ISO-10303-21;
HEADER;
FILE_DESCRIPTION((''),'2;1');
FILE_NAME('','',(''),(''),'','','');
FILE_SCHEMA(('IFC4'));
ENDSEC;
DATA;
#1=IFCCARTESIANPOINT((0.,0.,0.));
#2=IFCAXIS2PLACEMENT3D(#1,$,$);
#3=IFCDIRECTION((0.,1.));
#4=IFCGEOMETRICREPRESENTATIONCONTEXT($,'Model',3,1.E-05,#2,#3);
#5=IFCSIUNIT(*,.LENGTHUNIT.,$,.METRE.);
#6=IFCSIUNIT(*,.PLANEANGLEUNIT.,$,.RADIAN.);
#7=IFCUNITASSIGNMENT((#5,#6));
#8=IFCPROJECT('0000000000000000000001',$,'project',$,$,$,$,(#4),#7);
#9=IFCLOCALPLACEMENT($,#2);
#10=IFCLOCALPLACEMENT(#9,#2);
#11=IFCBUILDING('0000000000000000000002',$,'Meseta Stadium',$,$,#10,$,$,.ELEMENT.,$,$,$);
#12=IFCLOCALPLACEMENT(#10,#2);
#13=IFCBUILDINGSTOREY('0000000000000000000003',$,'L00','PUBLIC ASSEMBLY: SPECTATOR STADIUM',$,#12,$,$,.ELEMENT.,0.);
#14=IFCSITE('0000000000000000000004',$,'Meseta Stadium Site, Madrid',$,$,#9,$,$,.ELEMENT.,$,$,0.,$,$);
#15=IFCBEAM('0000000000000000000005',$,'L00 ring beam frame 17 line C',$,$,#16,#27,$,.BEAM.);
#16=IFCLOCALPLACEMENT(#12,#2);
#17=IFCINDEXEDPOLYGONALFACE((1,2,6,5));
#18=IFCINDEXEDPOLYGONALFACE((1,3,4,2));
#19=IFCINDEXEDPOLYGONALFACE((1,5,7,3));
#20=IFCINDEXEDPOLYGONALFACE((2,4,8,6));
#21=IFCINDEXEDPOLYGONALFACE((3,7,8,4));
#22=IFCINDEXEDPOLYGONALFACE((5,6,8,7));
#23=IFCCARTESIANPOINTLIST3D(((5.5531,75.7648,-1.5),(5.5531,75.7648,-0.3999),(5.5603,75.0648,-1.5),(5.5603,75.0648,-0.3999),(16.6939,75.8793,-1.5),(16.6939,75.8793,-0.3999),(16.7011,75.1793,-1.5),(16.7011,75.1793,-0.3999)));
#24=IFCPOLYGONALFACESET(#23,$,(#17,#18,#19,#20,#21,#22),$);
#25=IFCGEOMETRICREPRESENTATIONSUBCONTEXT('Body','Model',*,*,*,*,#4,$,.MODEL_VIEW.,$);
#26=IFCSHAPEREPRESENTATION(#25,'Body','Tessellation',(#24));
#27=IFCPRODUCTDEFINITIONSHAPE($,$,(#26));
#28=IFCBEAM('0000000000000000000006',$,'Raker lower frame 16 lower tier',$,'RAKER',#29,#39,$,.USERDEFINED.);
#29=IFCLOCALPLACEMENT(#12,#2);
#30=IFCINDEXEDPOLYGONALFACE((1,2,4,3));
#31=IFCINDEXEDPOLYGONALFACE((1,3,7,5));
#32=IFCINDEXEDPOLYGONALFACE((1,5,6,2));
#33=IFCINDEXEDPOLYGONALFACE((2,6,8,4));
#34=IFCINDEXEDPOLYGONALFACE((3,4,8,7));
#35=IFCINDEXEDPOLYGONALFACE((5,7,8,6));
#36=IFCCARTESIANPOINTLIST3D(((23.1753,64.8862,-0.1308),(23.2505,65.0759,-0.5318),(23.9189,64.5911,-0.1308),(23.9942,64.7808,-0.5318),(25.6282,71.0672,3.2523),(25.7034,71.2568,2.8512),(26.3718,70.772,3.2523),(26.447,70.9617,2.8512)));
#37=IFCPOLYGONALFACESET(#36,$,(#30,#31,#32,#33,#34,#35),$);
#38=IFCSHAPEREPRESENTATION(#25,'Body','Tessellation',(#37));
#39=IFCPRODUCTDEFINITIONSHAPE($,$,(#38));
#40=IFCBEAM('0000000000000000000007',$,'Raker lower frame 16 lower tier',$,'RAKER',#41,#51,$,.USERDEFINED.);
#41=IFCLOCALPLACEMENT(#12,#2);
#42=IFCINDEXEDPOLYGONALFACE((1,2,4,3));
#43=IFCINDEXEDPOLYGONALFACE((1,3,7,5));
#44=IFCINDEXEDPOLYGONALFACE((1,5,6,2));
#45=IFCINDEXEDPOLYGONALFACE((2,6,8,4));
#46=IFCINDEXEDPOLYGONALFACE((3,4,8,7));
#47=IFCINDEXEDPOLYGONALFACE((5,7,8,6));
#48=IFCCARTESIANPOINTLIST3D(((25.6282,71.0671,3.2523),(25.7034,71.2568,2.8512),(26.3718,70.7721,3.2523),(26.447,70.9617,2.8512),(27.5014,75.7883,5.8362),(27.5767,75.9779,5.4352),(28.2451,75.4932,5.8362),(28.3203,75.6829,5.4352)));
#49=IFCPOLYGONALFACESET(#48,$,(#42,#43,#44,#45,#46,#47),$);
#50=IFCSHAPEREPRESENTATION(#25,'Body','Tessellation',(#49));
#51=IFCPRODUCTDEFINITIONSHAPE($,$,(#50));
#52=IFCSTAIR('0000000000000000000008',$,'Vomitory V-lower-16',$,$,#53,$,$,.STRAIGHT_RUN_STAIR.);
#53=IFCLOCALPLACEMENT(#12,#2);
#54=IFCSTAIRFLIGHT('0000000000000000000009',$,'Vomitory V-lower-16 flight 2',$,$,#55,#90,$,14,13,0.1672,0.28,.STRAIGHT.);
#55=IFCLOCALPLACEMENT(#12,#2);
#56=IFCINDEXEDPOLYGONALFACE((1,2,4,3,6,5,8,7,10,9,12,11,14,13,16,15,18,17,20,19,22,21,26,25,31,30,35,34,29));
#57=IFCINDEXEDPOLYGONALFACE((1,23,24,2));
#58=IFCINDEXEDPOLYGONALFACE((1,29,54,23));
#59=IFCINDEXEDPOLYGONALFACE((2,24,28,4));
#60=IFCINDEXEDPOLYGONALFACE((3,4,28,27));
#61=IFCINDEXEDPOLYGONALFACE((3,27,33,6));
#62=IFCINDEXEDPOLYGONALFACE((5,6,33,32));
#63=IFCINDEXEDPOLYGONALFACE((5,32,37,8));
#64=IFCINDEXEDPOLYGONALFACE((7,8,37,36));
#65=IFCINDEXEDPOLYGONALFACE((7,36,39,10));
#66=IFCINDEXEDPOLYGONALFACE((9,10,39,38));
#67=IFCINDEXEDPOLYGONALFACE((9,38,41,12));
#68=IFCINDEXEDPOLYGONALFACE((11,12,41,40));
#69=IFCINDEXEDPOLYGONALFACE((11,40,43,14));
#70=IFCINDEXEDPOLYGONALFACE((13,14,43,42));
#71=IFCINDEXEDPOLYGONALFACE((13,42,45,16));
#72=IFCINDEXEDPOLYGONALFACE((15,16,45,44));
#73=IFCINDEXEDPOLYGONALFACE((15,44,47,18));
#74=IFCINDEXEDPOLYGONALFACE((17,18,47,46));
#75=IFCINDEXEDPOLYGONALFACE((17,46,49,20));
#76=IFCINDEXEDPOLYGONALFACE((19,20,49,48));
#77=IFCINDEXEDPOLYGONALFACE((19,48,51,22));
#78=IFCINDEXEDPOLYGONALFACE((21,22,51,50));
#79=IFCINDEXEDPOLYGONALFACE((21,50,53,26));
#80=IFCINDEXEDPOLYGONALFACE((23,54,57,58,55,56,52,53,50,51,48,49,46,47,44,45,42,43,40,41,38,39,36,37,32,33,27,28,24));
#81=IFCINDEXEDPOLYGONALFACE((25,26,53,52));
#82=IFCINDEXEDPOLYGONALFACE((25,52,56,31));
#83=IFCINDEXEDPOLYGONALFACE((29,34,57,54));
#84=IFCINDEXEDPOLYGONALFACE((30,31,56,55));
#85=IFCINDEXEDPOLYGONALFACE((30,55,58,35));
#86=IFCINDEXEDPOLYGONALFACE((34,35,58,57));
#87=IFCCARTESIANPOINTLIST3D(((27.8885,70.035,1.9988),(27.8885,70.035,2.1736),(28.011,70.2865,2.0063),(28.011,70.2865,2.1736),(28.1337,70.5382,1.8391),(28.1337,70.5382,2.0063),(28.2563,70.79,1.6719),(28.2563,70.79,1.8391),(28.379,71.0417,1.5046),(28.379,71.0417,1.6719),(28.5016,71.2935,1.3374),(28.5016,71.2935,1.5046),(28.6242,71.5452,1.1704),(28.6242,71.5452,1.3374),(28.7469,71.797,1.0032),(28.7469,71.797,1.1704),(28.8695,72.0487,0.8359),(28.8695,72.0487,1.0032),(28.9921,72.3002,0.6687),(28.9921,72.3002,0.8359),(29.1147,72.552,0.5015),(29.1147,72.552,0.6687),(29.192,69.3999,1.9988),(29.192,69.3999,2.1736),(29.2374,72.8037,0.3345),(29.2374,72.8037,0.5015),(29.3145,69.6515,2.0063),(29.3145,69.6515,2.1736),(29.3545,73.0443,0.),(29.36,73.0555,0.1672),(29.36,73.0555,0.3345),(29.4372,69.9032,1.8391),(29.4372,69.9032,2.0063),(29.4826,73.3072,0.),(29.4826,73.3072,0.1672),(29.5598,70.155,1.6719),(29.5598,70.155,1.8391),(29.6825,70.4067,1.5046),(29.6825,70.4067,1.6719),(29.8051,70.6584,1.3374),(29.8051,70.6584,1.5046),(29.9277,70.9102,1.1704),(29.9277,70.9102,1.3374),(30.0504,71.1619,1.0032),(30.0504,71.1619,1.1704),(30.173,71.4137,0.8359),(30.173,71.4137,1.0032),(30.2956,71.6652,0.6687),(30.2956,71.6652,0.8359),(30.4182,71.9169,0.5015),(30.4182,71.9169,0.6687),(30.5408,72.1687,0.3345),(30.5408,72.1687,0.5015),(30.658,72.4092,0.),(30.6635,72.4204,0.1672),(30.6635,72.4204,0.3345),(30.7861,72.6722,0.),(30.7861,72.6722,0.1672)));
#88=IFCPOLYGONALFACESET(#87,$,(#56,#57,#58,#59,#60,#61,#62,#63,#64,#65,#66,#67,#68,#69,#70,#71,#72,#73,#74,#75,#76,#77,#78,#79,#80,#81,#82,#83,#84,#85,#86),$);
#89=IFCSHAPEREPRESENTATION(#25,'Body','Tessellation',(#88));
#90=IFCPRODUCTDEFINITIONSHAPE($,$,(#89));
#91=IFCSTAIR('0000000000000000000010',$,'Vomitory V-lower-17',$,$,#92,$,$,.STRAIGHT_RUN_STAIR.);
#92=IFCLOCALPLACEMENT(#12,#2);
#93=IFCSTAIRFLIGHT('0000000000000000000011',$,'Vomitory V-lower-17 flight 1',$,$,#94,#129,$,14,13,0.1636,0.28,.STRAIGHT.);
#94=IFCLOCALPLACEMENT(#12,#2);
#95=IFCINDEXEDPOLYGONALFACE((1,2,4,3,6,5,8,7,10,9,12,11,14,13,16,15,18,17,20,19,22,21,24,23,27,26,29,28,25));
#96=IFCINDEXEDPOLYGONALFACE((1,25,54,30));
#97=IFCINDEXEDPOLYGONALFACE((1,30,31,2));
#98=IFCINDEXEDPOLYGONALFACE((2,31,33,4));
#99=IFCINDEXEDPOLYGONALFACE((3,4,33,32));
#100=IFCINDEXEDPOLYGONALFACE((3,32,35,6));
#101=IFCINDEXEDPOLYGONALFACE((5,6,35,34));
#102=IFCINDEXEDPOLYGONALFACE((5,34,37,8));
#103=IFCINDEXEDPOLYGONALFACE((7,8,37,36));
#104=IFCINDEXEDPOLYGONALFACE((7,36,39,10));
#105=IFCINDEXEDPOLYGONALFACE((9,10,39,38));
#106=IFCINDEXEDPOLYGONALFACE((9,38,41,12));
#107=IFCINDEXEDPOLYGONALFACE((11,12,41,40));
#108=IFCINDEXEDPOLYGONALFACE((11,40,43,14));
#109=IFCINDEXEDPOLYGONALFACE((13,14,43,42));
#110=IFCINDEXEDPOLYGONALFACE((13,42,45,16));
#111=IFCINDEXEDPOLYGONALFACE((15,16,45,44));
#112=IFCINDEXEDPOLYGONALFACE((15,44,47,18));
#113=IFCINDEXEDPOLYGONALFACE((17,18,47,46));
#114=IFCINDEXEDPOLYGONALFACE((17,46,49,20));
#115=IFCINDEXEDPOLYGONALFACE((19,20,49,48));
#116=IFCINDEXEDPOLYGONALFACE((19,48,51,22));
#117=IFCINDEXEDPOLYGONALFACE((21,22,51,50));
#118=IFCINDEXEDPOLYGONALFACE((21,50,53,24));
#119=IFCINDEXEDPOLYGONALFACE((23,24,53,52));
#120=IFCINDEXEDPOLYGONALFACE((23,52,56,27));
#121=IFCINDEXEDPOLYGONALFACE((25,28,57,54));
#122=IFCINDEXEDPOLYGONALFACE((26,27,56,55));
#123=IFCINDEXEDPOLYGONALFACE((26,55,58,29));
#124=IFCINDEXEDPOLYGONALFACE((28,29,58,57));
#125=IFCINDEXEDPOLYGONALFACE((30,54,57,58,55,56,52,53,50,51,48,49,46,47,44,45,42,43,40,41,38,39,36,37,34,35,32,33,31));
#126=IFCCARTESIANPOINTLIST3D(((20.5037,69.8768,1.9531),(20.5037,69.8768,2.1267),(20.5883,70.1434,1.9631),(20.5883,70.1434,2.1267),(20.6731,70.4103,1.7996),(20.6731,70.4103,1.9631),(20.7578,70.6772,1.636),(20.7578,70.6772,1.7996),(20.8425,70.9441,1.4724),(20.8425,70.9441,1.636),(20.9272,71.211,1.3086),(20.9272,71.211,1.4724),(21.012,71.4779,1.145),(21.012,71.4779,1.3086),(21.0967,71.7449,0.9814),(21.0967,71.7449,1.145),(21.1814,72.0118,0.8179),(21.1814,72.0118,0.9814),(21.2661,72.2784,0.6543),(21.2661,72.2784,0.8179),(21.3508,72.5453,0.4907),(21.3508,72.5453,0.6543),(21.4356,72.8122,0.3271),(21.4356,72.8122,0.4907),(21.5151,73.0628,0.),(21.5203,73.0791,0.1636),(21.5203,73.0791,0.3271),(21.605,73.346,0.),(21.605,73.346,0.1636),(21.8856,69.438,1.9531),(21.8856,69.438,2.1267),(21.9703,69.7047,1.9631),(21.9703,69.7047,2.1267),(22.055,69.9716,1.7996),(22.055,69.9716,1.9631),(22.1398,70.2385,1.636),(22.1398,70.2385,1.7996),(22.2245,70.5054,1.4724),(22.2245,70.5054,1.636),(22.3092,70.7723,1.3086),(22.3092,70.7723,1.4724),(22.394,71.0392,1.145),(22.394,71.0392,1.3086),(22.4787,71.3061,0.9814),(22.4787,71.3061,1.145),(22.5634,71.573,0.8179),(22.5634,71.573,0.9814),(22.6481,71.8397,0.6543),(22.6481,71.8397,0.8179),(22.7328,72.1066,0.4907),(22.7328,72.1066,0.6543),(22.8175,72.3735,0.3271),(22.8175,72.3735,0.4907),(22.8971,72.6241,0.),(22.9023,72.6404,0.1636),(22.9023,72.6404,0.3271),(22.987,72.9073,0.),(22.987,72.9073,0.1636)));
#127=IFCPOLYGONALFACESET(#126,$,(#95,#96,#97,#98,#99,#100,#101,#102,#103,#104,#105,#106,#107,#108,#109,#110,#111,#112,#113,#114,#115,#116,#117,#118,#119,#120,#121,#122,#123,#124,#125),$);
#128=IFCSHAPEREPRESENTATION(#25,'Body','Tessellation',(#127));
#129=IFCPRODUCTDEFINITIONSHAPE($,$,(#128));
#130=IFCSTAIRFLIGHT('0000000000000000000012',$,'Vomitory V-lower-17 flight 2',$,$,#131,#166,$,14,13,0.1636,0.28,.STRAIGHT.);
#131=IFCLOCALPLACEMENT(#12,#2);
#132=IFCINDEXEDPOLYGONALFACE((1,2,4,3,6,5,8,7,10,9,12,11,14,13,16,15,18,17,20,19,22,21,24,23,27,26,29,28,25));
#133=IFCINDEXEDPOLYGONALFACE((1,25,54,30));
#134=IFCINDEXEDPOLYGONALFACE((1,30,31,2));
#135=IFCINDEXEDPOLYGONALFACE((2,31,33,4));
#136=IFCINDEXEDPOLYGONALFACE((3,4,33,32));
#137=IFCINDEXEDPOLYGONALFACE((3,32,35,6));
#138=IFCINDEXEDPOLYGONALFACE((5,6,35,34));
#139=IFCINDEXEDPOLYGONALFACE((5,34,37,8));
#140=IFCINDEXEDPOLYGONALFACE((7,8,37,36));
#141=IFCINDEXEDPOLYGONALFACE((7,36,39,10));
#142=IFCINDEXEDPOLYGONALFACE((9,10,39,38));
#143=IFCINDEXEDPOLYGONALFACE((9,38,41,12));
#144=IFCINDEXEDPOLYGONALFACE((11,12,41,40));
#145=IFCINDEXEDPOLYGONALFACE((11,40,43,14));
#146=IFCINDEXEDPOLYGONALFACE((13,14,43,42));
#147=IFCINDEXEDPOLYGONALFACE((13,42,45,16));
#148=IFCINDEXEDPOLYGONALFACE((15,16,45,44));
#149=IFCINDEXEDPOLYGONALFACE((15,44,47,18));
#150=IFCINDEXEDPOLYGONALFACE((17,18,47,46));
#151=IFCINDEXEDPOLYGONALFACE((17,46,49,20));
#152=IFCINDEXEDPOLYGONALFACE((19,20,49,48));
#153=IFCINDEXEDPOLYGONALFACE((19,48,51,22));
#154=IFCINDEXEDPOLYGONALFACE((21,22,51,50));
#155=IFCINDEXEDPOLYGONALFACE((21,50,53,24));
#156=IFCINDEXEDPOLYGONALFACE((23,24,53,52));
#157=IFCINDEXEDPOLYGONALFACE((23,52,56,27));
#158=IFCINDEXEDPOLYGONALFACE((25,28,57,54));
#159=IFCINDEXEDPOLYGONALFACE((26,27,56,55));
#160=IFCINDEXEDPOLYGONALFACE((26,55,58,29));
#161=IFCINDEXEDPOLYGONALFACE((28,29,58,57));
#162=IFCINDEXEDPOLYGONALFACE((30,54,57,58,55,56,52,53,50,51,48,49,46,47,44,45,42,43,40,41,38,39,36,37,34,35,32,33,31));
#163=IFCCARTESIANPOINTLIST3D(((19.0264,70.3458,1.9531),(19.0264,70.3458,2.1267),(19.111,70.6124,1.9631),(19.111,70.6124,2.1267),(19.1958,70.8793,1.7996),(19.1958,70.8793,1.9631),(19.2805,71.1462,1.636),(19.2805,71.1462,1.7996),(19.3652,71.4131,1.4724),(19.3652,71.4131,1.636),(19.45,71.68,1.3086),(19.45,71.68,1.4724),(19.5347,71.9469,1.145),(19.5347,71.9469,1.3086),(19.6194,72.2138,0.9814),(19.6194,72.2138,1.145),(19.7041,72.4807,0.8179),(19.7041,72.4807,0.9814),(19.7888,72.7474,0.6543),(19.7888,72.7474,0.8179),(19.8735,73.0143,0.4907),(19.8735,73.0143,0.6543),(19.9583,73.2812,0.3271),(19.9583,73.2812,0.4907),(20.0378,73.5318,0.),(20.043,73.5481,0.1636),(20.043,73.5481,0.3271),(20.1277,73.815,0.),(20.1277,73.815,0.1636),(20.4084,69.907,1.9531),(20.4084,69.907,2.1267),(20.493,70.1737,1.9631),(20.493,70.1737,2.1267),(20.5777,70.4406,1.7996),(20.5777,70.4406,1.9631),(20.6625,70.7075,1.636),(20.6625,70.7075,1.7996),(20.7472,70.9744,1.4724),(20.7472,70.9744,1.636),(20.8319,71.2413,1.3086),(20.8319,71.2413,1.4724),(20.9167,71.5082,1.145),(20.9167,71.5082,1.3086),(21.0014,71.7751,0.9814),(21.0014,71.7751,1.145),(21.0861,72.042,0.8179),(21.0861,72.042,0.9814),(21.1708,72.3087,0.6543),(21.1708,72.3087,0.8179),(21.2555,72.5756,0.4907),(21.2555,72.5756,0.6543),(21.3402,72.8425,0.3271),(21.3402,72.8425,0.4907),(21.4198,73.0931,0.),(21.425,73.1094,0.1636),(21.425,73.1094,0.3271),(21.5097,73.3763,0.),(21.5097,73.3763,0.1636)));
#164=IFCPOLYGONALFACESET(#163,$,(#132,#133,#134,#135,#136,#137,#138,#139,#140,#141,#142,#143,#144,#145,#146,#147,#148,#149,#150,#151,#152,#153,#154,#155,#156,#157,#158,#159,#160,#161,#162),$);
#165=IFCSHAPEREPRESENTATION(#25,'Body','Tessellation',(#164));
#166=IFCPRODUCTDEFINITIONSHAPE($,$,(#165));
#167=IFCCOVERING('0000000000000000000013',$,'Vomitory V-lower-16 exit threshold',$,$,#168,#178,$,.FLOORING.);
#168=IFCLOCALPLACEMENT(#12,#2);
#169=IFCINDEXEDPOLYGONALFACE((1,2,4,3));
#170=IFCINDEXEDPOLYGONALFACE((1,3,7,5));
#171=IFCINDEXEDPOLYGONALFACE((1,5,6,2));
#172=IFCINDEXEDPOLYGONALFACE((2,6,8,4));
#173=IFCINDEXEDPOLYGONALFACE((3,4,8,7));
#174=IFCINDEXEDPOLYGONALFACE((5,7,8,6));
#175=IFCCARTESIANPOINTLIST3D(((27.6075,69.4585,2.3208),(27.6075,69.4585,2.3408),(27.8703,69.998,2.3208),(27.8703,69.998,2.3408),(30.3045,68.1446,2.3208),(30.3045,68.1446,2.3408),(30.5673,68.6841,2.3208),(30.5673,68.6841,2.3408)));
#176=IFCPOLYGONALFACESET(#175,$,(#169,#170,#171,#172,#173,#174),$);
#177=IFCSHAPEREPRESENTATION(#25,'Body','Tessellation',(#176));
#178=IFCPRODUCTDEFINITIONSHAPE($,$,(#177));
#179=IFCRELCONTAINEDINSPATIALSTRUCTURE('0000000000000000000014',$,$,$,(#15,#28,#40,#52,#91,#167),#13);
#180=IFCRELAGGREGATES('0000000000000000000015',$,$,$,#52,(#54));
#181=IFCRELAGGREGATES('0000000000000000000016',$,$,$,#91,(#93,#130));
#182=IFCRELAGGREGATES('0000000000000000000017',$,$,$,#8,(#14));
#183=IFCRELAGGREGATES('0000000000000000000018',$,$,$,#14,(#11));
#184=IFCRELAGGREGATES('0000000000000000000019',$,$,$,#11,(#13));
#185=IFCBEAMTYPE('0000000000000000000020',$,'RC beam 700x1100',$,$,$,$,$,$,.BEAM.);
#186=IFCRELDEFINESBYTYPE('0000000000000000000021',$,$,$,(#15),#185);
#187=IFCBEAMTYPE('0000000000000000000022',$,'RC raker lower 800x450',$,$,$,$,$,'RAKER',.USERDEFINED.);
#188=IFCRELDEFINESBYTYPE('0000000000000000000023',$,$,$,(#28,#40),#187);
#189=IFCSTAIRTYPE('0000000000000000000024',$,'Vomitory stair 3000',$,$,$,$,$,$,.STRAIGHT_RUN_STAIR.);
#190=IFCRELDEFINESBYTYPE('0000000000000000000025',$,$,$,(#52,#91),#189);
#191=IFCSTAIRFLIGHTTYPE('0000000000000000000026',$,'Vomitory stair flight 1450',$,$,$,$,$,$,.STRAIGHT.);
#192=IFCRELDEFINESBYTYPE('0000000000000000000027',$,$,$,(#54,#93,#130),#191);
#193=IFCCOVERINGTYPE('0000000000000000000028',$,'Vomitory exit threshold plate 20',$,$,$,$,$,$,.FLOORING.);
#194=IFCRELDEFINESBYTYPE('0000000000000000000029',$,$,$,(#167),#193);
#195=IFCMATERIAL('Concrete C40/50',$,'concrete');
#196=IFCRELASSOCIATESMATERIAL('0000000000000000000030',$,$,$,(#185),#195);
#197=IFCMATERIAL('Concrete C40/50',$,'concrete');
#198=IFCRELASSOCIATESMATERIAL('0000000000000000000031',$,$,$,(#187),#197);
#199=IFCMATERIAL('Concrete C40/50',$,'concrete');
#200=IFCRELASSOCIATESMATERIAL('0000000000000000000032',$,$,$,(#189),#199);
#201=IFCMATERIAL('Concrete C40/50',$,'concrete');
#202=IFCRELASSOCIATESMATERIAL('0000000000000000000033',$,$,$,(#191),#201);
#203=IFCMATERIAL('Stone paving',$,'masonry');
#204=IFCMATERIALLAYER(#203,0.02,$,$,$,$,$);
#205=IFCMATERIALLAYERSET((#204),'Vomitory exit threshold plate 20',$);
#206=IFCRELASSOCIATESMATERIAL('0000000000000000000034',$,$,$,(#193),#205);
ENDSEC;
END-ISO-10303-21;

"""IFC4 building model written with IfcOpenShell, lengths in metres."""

from ifc_helpers import new_model, si_unit, direction, frame, origin, origin_2d, place, context, subcontext, project, spatial, polyline, rectangle, outline, extrude, material, layer, layer_set, material_profile, profile_set, type_object, element, aggregate, save


model = new_model("IFC4")

# Units and contexts
model_context = context("Model", 3, precision=1e-05, world=origin(), true_north=direction((0.0, 1.0)))
body_context = subcontext(model_context, "Body", "Model", "MODEL_VIEW")
ifc_project = project(units=[si_unit("LENGTHUNIT", "METRE"), si_unit("PLANEANGLEUNIT", "RADIAN")], contexts=[model_context])

# Site, building, storey
site_placement = place(None, origin())
site = spatial("IfcSite", under=ifc_project, at=site_placement, Name="Meseta Stadium Site, Madrid", CompositionType="ELEMENT", RefElevation=0.0)
building_placement = place(site_placement, origin())
building = spatial("IfcBuilding", under=site, at=building_placement, Name="Meseta Stadium", CompositionType="ELEMENT")
storey_placement = place(building_placement, origin())
storey = spatial("IfcBuildingStorey", under=building, at=storey_placement, Name="L00", Description="PUBLIC ASSEMBLY: SPECTATOR STADIUM", CompositionType="ELEMENT", Elevation=0.0)

# Beams
ifc_material_1 = material(Name="Concrete C40/50", Category="concrete")
ifc_material_profile_1 = material_profile(ifc_material_1, rectangle(XDim=0.7, YDim=1.1001, at=origin_2d()), Name="RC 700x1100")
ifc_profile_set_1 = profile_set([ifc_material_profile_1], Name="Concrete C40/50")
beam_type_1 = type_object("IfcBeamType", Name="RC beam 700x1100", PredefinedType="BEAM", material=ifc_profile_set_1)
beam_1_placement = place(storey_placement, frame((16.6975, 75.5293, -0.95), z_axis=(-0.999947, -0.010277, 0.0), x_axis=(0.010277, -0.999947, 0.0)))
element("IfcBeam", 1, at=beam_1_placement, inside=storey, type_object=beam_type_1, Name="L00 ring beam frame 17 line C", PredefinedType="BEAM", context=body_context, shape_type="SweptSolid", body=[
    extrude(rectangle(XDim=0.7, YDim=1.1001, at=origin_2d()), origin(), (0.0, 0.0, 1.0), 11.1414),
])
ifc_material_2 = material(Name="Concrete C40/50", Category="concrete")
ifc_material_profile_2 = material_profile(ifc_material_2, rectangle(XDim=0.8, YDim=0.45, at=origin_2d()), Name="RC 800x450")
ifc_profile_set_2 = profile_set([ifc_material_profile_2], Name="Concrete C40/50")
beam_type_2 = type_object("IfcBeamType", Name="RC raker lower 800x450", ElementType="RAKER", PredefinedType="USERDEFINED", material=ifc_profile_set_2)
beam_2_placement = place(storey_placement, frame((23.5847, 64.8335, -0.3313), z_axis=(0.328764, 0.828438, 0.453437), x_axis=(-0.929484, 0.368864, 0.0)))
element("IfcBeam", 2, at=beam_2_placement, inside=storey, type_object=beam_type_2, Name="Raker lower frame 16 lower tier", ObjectType="RAKER", PredefinedType="USERDEFINED", context=body_context, shape_type="SweptSolid", body=[
    extrude(rectangle(XDim=0.8, YDim=0.45, at=origin_2d()), origin(), (0.0, 0.0, 1.0), 7.4609),
])
beam_3_placement = place(storey_placement, frame((26.0376, 71.0144, 3.0518), z_axis=(0.328719, 0.82846, 0.453429), x_axis=(-0.929504, 0.368812, 0.0)))
element("IfcBeam", 3, at=beam_3_placement, inside=storey, type_object=beam_type_2, Name="Raker lower frame 16 lower tier", ObjectType="RAKER", PredefinedType="USERDEFINED", context=body_context, shape_type="SweptSolid", body=[
    extrude(rectangle(XDim=0.8, YDim=0.45, at=origin_2d()), origin(), (0.0, 0.0, 1.0), 5.6987),
])

# Stair, stair flight
ifc_material_3 = material(Name="Concrete C40/50", Category="concrete")
stair_type = type_object("IfcStairType", Name="Vomitory stair 3000", PredefinedType="STRAIGHT_RUN_STAIR", material=ifc_material_3)
stair_1_placement = place(storey_placement, origin())
stair_1 = element("IfcStair", 4, at=stair_1_placement, inside=storey, type_object=stair_type, Name="Vomitory V-lower-16", PredefinedType="STRAIGHT_RUN_STAIR")
ifc_material_4 = material(Name="Concrete C40/50", Category="concrete")
stair_flight_type = type_object("IfcStairFlightType", Name="Vomitory stair flight 1450", PredefinedType="STRAIGHT", material=ifc_material_4)
stair_flight_1_placement = place(storey_placement, frame((30.1343, 72.9897, 0.0), z_axis=(0.0, 0.0, 1.0), x_axis=(-0.437966, -0.898991, 0.0)))
stair_flight_1 = element("IfcStairFlight", 5, at=stair_flight_1_placement, type_object=stair_flight_type, Name="Vomitory V-lower-16 flight 2", NumberOfRisers=14, NumberOfTreads=13, PredefinedType="STRAIGHT", RiserHeight=0.1672, TreadLength=0.28, context=body_context, shape_type="SweptSolid", body=[
    extrude(outline(polyline([(0.0, 0.0), (0.0, 0.1672), (0.28, 0.1672), (0.28, 0.3345), (0.5601, 0.3345), (0.5601, 0.5015), (0.8401, 0.5015), (0.8401, 0.6687), (1.1201, 0.6687), (1.1201, 0.8359), (1.3999, 0.8359), (1.3999, 1.0032), (1.6799, 1.0032), (1.6799, 1.1704), (1.96, 1.1704), (1.96, 1.3374), (2.24, 1.3374), (2.24, 1.5046), (2.52, 1.5046), (2.52, 1.6719), (2.8, 1.6719), (2.8, 1.8391), (3.0801, 1.8391), (3.0801, 2.0063), (3.3601, 2.0063), (3.3601, 2.1736), (3.6399, 2.1736), (3.6399, 1.9988), (0.2925, 0.0), (0.0, 0.0)])), frame((0.0, 0.7251, 0.0), z_axis=(0.0, -1.0, 0.0), x_axis=(1.0, 0.0, 0.0)), (0.0, 0.0, 1.0), 1.45),
])
aggregate(stair_1, [stair_flight_1])

# Stair, stair flights
stair_2_placement = place(storey_placement, origin())
stair_2 = element("IfcStair", 6, at=stair_2_placement, inside=storey, type_object=stair_type, Name="Vomitory V-lower-17", PredefinedType="STRAIGHT_RUN_STAIR")
stair_flight_2_placement = place(storey_placement, frame((22.2959, 73.1267, 0.0), z_axis=(0.0, 0.0, 1.0), x_axis=(-0.30258, -0.953124, 0.0)))
stair_flight_2 = element("IfcStairFlight", 7, at=stair_flight_2_placement, type_object=stair_flight_type, Name="Vomitory V-lower-17 flight 1", NumberOfRisers=14, NumberOfTreads=13, PredefinedType="STRAIGHT", RiserHeight=0.1636, TreadLength=0.28, context=body_context, shape_type="SweptSolid", body=[
    extrude(outline(polyline([(0.0, 0.0), (0.0, 0.1636), (0.28, 0.1636), (0.28, 0.3271), (0.5601, 0.3271), (0.5601, 0.4907), (0.8401, 0.4907), (0.8401, 0.6543), (1.1201, 0.6543), (1.1201, 0.8179), (1.3999, 0.8179), (1.3999, 0.9814), (1.6799, 0.9814), (1.6799, 1.145), (1.96, 1.145), (1.96, 1.3086), (2.24, 1.3086), (2.24, 1.4724), (2.52, 1.4724), (2.52, 1.636), (2.8, 1.636), (2.8, 1.7996), (3.0801, 1.7996), (3.0801, 1.9631), (3.3601, 1.9631), (3.3601, 2.1267), (3.6399, 2.1267), (3.6399, 1.9531), (0.2971, 0.0), (0.0, 0.0)])), frame((0.0, 0.7251, 0.0), z_axis=(0.0, -1.0, 0.0), x_axis=(1.0, 0.0, 0.0)), (0.0, 0.0, 1.0), 1.45),
])
stair_flight_3_placement = place(storey_placement, frame((20.8186, 73.5957, 0.0), z_axis=(0.0, 0.0, 1.0), x_axis=(-0.30258, -0.953124, 0.0)))
stair_flight_3 = element("IfcStairFlight", 8, at=stair_flight_3_placement, type_object=stair_flight_type, Name="Vomitory V-lower-17 flight 2", NumberOfRisers=14, NumberOfTreads=13, PredefinedType="STRAIGHT", RiserHeight=0.1636, TreadLength=0.28, context=body_context, shape_type="SweptSolid", body=[
    extrude(outline(polyline([(0.0, 0.0), (0.0, 0.1636), (0.28, 0.1636), (0.28, 0.3271), (0.5601, 0.3271), (0.5601, 0.4907), (0.8401, 0.4907), (0.8401, 0.6543), (1.1201, 0.6543), (1.1201, 0.8179), (1.3999, 0.8179), (1.3999, 0.9814), (1.6799, 0.9814), (1.6799, 1.145), (1.96, 1.145), (1.96, 1.3086), (2.24, 1.3086), (2.24, 1.4724), (2.52, 1.4724), (2.52, 1.636), (2.8, 1.636), (2.8, 1.7996), (3.0801, 1.7996), (3.0801, 1.9631), (3.3601, 1.9631), (3.3601, 2.1267), (3.6399, 2.1267), (3.6399, 1.9531), (0.2971, 0.0), (0.0, 0.0)])), frame((0.0, 0.7251, 0.0), z_axis=(0.0, -1.0, 0.0), x_axis=(1.0, 0.0, 0.0)), (0.0, 0.0, 1.0), 1.45),
])
aggregate(stair_2, [stair_flight_2, stair_flight_3])

# Covering
ifc_material_5 = material(Name="Stone paving", Category="masonry")
ifc_layer = layer(ifc_material_5, 0.02)
ifc_layer_set = layer_set([ifc_layer], Name="Vomitory exit threshold plate 20")
covering_type = type_object("IfcCoveringType", Name="Vomitory exit threshold plate 20", PredefinedType="FLOORING", material=ifc_layer_set)
for number, where, z_axis, x_axis, name in (
    (9, (29.0874, 69.0713, 2.3208), (0.0, 0.0, 1.0), (-0.437966, -0.898991, 0.0), "Vomitory V-lower-16 exit threshold"),
):
    element("IfcCovering", number, at=place(storey_placement, frame(where, z_axis=z_axis, x_axis=x_axis)), inside=storey, type_object=covering_type, Name=name, PredefinedType="FLOORING", context=body_context, shape_type="SweptSolid", body=[
        extrude(rectangle(XDim=0.6001, YDim=3.0, at=origin_2d()), origin(), (0.0, 0.0, 1.0), 0.02),
    ])

save(model, "model.ifc")
